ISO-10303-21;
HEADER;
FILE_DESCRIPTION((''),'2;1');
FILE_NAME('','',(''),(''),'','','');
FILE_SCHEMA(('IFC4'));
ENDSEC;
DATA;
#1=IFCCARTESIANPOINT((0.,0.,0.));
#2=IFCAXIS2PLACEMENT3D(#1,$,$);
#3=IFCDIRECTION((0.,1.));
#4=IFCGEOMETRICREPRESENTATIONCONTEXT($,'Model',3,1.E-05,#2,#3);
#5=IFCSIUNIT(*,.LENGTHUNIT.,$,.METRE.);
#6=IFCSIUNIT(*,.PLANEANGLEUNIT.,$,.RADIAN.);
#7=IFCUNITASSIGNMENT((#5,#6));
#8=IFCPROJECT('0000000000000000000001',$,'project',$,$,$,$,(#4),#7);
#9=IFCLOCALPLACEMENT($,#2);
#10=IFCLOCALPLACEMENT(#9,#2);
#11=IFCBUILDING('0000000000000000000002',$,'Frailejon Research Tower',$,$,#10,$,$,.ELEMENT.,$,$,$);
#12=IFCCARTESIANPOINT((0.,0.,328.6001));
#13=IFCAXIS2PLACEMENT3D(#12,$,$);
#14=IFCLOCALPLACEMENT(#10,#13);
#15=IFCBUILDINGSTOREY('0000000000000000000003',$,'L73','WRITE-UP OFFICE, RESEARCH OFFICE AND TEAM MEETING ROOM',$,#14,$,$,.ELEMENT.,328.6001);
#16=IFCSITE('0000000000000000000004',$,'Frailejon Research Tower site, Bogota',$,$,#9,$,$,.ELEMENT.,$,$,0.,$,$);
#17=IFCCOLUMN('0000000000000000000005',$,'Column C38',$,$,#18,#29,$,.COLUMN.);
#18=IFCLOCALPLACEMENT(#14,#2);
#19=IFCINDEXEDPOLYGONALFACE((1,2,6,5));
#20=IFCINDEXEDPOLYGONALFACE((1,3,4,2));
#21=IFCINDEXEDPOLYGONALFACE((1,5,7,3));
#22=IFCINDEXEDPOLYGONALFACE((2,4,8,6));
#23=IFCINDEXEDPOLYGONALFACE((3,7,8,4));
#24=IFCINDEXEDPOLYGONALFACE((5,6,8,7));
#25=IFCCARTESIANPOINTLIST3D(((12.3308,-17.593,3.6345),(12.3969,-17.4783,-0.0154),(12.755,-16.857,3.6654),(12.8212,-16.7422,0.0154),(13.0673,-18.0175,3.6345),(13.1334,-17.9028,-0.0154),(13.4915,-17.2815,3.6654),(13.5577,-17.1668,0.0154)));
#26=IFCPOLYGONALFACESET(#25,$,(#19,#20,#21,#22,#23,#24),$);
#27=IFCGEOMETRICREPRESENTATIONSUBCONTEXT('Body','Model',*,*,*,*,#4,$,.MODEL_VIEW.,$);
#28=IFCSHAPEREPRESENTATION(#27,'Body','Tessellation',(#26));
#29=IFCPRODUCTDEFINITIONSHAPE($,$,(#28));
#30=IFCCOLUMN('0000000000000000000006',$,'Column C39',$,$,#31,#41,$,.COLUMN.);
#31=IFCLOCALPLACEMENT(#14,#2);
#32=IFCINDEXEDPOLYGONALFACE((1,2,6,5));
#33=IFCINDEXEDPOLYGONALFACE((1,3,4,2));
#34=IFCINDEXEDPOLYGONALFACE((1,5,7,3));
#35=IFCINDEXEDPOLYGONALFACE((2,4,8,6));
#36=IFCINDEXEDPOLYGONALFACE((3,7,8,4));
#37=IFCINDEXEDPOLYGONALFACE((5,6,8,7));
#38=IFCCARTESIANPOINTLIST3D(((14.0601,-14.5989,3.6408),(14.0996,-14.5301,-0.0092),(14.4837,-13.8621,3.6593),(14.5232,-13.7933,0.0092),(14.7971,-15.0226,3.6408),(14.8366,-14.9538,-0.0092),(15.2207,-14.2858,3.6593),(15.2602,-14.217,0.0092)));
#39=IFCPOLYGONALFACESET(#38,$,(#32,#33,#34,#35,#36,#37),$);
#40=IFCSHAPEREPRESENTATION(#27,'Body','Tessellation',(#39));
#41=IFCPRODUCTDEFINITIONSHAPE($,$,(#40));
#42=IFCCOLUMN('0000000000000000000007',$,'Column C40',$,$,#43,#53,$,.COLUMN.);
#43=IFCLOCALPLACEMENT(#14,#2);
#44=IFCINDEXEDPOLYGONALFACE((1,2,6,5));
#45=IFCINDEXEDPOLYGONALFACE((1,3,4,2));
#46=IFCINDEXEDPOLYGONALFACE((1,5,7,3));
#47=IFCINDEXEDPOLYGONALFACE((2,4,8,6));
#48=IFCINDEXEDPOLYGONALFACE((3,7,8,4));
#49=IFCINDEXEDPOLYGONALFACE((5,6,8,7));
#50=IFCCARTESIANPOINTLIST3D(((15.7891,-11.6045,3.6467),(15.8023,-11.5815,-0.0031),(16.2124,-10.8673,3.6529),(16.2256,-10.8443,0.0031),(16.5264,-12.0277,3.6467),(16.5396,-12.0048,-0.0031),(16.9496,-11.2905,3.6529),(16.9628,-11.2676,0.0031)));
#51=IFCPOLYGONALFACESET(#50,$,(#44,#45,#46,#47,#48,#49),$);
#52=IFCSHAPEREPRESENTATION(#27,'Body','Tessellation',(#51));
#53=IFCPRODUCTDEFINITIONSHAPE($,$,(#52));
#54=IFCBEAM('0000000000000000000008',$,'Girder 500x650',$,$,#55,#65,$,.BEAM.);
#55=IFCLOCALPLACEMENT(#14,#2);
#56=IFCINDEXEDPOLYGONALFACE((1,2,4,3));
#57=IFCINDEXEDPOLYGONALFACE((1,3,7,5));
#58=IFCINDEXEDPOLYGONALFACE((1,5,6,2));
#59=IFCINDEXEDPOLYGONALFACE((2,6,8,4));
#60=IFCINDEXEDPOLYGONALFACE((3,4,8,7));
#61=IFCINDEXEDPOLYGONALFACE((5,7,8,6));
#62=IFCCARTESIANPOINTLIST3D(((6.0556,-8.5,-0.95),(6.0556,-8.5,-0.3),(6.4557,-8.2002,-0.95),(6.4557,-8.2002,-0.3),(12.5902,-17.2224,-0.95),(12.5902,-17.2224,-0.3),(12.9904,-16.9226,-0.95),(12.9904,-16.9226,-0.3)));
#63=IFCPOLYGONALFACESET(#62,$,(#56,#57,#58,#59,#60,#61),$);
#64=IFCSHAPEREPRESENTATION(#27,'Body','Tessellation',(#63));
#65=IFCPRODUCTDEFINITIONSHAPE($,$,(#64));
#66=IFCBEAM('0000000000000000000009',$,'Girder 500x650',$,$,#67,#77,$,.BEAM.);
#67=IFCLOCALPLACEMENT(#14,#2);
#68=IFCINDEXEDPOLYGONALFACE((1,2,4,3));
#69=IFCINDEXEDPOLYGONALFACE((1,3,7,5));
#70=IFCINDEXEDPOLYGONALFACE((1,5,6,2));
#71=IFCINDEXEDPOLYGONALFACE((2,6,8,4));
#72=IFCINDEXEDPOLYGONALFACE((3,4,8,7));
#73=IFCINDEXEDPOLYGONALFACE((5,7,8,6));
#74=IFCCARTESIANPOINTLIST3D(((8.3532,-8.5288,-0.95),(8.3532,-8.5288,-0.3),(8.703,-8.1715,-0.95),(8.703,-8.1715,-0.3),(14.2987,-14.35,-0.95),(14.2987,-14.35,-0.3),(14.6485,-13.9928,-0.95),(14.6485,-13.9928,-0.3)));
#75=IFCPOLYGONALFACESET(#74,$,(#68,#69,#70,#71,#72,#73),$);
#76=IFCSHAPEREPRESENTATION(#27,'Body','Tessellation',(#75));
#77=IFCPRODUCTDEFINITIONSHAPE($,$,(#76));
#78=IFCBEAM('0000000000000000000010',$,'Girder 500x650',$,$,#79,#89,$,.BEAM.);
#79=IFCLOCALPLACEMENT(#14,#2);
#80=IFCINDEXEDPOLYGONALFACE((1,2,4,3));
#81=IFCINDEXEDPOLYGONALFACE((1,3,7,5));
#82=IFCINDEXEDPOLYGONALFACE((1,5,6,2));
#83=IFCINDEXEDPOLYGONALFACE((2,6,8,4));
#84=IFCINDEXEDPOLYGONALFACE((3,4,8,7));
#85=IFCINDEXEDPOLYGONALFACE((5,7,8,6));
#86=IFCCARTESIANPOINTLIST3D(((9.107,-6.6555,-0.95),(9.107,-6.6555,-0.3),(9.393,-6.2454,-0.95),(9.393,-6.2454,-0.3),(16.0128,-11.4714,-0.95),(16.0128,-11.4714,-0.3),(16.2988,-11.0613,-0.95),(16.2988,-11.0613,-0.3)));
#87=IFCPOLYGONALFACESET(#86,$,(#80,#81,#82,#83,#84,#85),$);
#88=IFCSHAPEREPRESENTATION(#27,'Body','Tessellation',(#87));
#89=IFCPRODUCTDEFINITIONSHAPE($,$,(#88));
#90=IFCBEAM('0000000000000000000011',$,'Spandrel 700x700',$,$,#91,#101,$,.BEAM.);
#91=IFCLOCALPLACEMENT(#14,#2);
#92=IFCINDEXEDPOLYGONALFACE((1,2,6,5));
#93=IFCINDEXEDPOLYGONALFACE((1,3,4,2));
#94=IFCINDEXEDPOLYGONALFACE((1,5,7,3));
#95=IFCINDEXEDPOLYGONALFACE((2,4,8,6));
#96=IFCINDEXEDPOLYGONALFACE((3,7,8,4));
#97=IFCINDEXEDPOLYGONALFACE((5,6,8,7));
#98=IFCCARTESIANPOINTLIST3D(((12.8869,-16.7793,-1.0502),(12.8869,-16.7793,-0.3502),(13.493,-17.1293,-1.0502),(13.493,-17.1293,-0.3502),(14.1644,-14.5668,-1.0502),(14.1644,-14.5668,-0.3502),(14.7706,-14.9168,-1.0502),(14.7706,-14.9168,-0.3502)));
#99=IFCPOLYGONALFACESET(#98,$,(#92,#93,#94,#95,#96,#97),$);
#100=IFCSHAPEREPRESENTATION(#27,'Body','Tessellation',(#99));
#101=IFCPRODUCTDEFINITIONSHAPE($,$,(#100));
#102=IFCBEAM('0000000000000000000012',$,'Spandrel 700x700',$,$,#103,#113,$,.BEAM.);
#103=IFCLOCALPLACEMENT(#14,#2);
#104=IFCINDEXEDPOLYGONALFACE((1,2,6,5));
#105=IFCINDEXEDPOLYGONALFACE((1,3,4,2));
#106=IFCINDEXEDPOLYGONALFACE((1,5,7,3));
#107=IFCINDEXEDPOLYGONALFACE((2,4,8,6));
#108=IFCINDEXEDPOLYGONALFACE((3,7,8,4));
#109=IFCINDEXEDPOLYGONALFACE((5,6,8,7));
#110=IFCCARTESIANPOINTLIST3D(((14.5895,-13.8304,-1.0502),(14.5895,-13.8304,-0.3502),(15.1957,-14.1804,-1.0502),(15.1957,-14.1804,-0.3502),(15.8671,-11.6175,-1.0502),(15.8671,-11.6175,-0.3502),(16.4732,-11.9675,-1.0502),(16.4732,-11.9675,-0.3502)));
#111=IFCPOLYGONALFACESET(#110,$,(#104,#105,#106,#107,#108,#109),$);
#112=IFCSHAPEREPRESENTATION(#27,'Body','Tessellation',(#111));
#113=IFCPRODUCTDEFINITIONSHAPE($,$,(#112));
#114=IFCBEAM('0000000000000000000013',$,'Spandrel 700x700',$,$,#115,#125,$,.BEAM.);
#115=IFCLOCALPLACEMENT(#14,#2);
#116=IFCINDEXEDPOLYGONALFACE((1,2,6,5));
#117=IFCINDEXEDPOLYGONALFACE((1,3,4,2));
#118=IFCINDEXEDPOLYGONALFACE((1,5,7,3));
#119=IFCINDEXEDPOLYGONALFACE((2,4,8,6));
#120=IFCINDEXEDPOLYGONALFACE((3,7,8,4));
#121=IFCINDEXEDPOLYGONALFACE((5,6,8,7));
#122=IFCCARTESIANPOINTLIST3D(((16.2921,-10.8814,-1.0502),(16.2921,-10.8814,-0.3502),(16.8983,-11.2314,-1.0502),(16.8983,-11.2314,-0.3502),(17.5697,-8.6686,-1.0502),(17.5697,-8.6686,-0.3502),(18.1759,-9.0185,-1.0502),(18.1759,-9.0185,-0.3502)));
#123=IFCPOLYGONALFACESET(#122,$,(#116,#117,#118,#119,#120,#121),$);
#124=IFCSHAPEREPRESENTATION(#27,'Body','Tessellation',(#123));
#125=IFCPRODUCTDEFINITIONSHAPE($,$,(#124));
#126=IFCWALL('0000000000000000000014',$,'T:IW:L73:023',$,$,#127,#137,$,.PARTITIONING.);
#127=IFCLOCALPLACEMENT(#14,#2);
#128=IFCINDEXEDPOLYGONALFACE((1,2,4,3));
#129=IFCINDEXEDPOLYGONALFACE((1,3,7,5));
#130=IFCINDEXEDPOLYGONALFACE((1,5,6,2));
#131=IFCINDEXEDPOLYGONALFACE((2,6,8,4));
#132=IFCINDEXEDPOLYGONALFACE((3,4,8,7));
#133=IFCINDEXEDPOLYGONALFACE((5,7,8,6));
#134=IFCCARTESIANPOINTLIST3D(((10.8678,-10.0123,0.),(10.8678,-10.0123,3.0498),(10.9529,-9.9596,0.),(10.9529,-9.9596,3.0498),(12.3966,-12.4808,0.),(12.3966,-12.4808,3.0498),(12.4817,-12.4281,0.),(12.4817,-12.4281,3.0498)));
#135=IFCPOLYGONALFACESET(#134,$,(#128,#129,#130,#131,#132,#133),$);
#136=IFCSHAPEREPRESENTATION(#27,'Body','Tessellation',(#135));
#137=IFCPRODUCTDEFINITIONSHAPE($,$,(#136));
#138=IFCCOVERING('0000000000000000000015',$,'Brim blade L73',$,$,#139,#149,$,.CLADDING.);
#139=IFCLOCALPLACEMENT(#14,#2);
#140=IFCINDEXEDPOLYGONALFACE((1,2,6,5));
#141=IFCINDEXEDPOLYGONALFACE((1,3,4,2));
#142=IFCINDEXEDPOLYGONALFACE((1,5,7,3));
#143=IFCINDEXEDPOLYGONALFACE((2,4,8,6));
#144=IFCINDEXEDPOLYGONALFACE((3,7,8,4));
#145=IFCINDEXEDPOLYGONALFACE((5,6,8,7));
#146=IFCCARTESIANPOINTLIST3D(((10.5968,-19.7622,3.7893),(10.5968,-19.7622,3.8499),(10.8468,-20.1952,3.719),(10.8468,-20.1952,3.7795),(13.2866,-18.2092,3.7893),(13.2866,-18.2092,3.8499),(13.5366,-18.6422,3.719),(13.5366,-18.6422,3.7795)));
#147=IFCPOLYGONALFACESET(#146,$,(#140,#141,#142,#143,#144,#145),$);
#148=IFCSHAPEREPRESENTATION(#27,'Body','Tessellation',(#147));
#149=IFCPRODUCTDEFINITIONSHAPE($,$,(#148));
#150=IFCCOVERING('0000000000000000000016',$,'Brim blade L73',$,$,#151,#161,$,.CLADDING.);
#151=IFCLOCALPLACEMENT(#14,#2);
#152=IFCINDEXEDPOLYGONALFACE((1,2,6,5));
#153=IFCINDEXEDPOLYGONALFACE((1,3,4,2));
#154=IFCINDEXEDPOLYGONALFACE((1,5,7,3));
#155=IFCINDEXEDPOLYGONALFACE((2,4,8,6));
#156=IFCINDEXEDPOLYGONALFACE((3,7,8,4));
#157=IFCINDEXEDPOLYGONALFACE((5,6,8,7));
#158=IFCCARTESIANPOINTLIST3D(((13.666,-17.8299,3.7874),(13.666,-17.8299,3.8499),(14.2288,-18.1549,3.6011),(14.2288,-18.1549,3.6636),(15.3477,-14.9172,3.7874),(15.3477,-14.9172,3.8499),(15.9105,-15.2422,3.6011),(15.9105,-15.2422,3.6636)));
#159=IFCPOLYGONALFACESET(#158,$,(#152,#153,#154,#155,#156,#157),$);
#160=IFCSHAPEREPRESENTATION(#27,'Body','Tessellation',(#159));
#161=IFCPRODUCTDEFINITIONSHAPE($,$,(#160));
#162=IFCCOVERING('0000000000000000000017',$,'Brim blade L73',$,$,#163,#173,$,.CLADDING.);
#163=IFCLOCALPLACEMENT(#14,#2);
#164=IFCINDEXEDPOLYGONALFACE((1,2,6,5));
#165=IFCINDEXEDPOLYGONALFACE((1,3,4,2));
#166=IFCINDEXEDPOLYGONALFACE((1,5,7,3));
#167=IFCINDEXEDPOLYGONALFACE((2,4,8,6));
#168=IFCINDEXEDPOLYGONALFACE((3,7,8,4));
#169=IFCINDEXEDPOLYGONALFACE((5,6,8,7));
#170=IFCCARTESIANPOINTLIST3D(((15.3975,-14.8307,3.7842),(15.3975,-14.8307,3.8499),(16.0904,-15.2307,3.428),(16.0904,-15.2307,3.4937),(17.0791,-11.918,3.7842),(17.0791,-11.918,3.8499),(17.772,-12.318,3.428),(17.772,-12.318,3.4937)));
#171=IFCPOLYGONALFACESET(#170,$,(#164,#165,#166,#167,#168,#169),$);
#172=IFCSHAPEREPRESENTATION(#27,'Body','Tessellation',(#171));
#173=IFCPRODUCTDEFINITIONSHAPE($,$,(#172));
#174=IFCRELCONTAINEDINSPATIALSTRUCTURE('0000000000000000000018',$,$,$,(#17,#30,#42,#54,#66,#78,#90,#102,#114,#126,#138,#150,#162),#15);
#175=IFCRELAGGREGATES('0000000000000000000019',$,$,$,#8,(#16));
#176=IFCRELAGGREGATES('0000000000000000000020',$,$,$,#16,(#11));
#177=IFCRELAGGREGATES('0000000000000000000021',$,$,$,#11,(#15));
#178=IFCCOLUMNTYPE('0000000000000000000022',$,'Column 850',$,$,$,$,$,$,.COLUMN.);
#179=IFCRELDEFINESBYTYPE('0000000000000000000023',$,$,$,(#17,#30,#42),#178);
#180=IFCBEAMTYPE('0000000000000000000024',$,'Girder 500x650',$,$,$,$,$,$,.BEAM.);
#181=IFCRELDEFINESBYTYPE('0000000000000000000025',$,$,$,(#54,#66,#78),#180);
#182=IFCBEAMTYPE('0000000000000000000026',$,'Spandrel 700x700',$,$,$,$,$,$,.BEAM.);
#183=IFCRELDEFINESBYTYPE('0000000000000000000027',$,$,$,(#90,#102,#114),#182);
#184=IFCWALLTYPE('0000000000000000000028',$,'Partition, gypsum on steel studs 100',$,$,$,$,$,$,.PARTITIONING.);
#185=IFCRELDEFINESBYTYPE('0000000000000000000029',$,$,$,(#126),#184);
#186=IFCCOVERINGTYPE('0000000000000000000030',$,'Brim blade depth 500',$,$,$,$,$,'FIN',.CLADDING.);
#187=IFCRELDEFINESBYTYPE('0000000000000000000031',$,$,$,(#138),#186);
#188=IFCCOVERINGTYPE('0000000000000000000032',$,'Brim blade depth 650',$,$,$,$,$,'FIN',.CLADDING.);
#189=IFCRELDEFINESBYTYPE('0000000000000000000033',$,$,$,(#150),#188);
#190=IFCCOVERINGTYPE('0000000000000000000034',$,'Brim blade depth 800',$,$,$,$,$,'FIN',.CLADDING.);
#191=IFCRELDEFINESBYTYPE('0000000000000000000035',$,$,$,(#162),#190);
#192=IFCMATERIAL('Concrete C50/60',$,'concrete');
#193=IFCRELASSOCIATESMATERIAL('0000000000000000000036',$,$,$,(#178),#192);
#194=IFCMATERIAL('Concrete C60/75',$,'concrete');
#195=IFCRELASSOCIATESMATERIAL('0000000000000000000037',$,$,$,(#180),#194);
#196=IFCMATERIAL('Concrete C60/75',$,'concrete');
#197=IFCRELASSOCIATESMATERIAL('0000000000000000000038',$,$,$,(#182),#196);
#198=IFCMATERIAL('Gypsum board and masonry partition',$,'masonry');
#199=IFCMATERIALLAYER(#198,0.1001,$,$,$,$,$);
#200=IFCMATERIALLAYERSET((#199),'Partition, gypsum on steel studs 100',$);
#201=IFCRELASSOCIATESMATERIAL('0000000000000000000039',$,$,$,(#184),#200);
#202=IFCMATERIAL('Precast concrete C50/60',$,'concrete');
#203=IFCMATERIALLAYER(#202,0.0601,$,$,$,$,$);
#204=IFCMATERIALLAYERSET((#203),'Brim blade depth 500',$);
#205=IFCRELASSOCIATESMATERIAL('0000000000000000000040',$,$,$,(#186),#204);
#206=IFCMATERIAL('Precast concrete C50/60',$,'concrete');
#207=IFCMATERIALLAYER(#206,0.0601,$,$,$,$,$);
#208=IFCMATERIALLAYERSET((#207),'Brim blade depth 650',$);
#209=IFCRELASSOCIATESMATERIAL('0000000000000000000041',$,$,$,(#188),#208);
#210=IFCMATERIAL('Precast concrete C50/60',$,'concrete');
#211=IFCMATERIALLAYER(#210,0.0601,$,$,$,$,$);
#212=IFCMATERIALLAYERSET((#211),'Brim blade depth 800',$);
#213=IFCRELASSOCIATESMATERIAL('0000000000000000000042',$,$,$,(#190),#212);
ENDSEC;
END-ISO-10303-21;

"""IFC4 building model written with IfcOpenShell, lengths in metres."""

from ifc_helpers import new_model, si_unit, direction, frame, frame_2d, origin, origin_2d, place, context, subcontext, project, spatial, polyline, rectangle, outline, extrude, material, layer, layer_set, material_profile, profile_set, type_object, element, save


model = new_model("IFC4")

# Units and contexts
model_context = context("Model", 3, precision=1e-05, world=origin(), true_north=direction((0.0, 1.0)))
body_context = subcontext(model_context, "Body", "Model", "MODEL_VIEW")
ifc_project = project(units=[si_unit("LENGTHUNIT", "METRE"), si_unit("PLANEANGLEUNIT", "RADIAN")], contexts=[model_context])

# Site, building, storey
site_placement = place(None, origin())
site = spatial("IfcSite", under=ifc_project, at=site_placement, Name="Frailejon Research Tower site, Bogota", CompositionType="ELEMENT", RefElevation=0.0)
building_placement = place(site_placement, origin())
building = spatial("IfcBuilding", under=site, at=building_placement, Name="Frailejon Research Tower", CompositionType="ELEMENT")
storey_placement = place(building_placement, frame((0.0, 0.0, 328.6001)))
storey = spatial("IfcBuildingStorey", under=building, at=storey_placement, Name="L73", Description="WRITE-UP OFFICE, RESEARCH OFFICE AND TEAM MEETING ROOM", CompositionType="ELEMENT", Elevation=328.6001)

# Columns
ifc_material_1 = material(Name="Concrete C50/60", Category="concrete")
ifc_material_profile_1 = material_profile(ifc_material_1, rectangle(XDim=0.8501, YDim=0.8501, at=origin_2d()), Name="Column 850")
ifc_profile_set_1 = profile_set([ifc_material_profile_1], Name="Concrete C50/60")
column_type = type_object("IfcColumnType", Name="Column 850", PredefinedType="COLUMN", material=ifc_profile_set_1)
column_1_placement = place(storey_placement, frame((12.9773, -17.3225, 0.0), z_axis=(-0.018115, -0.031417, 0.999342), x_axis=(0.49904, 0.865819, 0.036266)))
element("IfcColumn", 1, at=column_1_placement, inside=storey, type_object=column_type, Name="Column C38", PredefinedType="COLUMN", context=body_context, shape_type="SweptSolid", body=[
    extrude(rectangle(XDim=0.8501, YDim=0.8501, at=origin_2d()), origin(), (0.0, 0.0, 1.0), 3.6523),
])
column_2_placement = place(storey_placement, frame((14.6799, -14.3735, 0.0), z_axis=(-0.010834, -0.018858, 0.999763), x_axis=(0.498285, 0.86674, 0.021749)))
element("IfcColumn", 2, at=column_2_placement, inside=storey, type_object=column_type, Name="Column C39", PredefinedType="COLUMN", context=body_context, shape_type="SweptSolid", body=[
    extrude(rectangle(XDim=0.8501, YDim=0.8501, at=origin_2d()), origin(), (0.0, 0.0, 1.0), 3.6509),
])
column_3_placement = place(storey_placement, frame((16.3826, -11.4246, 0.0), z_axis=(-0.003612, -0.006287, 0.999974), x_axis=(0.49789, 0.86721, 0.007251)))
element("IfcColumn", 3, at=column_3_placement, inside=storey, type_object=column_type, Name="Column C40", PredefinedType="COLUMN", context=body_context, shape_type="SweptSolid", body=[
    extrude(rectangle(XDim=0.8501, YDim=0.8501, at=origin_2d()), origin(), (0.0, 0.0, 1.0), 3.6499),
])

# Beams
ifc_material_2 = material(Name="Concrete C60/75", Category="concrete")
ifc_material_profile_2 = material_profile(ifc_material_2, rectangle(XDim=0.5, YDim=0.6499, at=origin_2d()), Name="Girder 500x650")
ifc_profile_set_2 = profile_set([ifc_material_profile_2], Name="Concrete C60/75")
beam_type_1 = type_object("IfcBeamType", Name="Girder 500x650", PredefinedType="BEAM", material=ifc_profile_set_2)
beam_1_placement = place(storey_placement, frame((12.7903, -17.0725, -0.625), z_axis=(-0.599581, 0.800314, 0.0), x_axis=(-0.800314, -0.599581, 0.0)))
element("IfcBeam", 4, at=beam_1_placement, inside=storey, type_object=beam_type_1, Name="Girder 500x650", PredefinedType="BEAM", context=body_context, shape_type="SweptSolid", body=[
    extrude(rectangle(XDim=0.5, YDim=0.6499, at=origin_2d()), origin(), (0.0, 0.0, 1.0), 10.8987),
])
beam_2_placement = place(storey_placement, frame((14.4736, -14.1714, -0.625), z_axis=(-0.714535, 0.6996, 0.0), x_axis=(-0.6996, -0.714535, 0.0)))
element("IfcBeam", 5, at=beam_2_placement, inside=storey, type_object=beam_type_1, Name="Girder 500x650", PredefinedType="BEAM", context=body_context, shape_type="SweptSolid", body=[
    extrude(rectangle(XDim=0.5, YDim=0.6499, at=origin_2d()), origin(), (0.0, 0.0, 1.0), 8.3208),
])
beam_3_placement = place(storey_placement, frame((16.1558, -11.2664, -0.625), z_axis=(-0.820241, 0.572017, 0.0), x_axis=(-0.572017, -0.820241, 0.0)))
element("IfcBeam", 6, at=beam_3_placement, inside=storey, type_object=beam_type_1, Name="Girder 500x650", PredefinedType="BEAM", context=body_context, shape_type="SweptSolid", body=[
    extrude(rectangle(XDim=0.5, YDim=0.6499, at=origin_2d()), origin(), (0.0, 0.0, 1.0), 8.4192),
])
ifc_material_3 = material(Name="Concrete C60/75", Category="concrete")
ifc_material_profile_3 = material_profile(ifc_material_3, rectangle(XDim=0.7, YDim=0.7, at=origin_2d()), Name="Spandrel 700x700")
ifc_profile_set_3 = profile_set([ifc_material_profile_3], Name="Concrete C60/75")
beam_type_2 = type_object("IfcBeamType", Name="Spandrel 700x700", PredefinedType="BEAM", material=ifc_profile_set_3)
beam_4_placement = place(storey_placement, frame((13.1899, -16.9543, -0.7002), z_axis=(0.500034, 0.866006, 0.0), x_axis=(-0.866006, 0.500034, 0.0)))
element("IfcBeam", 7, at=beam_4_placement, inside=storey, type_object=beam_type_2, Name="Spandrel 700x700", PredefinedType="BEAM", context=body_context, shape_type="SweptSolid", body=[
    extrude(rectangle(XDim=0.7, YDim=0.7, at=origin_2d()), origin(), (0.0, 0.0, 1.0), 2.5549),
])
for number, where, z_axis, x_axis, name in (
    (8, (14.8926, -14.0054, -0.7002), (0.499993, 0.86603, 0.0), (-0.86603, 0.499993, 0.0), "Spandrel 700x700"),
    (9, (16.5952, -11.0564, -0.7002), (0.499993, 0.86603, 0.0), (-0.86603, 0.499993, 0.0), "Spandrel 700x700"),
):
    element("IfcBeam", number, at=place(storey_placement, frame(where, z_axis=z_axis, x_axis=x_axis)), inside=storey, type_object=beam_type_2, Name=name, PredefinedType="BEAM", context=body_context, shape_type="SweptSolid", body=[
        extrude(rectangle(XDim=0.7, YDim=0.7, at=origin_2d()), origin(), (0.0, 0.0, 1.0), 2.5552),
    ])

# Wall
ifc_material_4 = material(Name="Gypsum board and masonry partition", Category="masonry")
ifc_layer_1 = layer(ifc_material_4, 0.1001)
ifc_layer_set_1 = layer_set([ifc_layer_1], Name="Partition, gypsum on steel studs 100")
wall_type_1 = type_object("IfcWallType", Name="Partition, gypsum on steel studs 100", PredefinedType="PARTITIONING", material=ifc_layer_set_1)
wall_1_placement = place(storey_placement, frame((10.9104, -9.9861, 0.0), z_axis=(0.0, 0.0, 1.0), x_axis=(0.526525, -0.850159, 0.0)))
element("IfcWall", 10, at=wall_1_placement, inside=storey, type_object=wall_type_1, Name="T:IW:L73:023", PredefinedType="PARTITIONING", context=body_context, shape_type="SweptSolid", body=[
    extrude(rectangle(XDim=2.9036, YDim=0.1001, at=frame_2d((1.4517, 0.0))), origin(), (0.0, 0.0, 1.0), 3.0498),
])

# Coverings
ifc_material_5 = material(Name="Precast concrete C50/60", Category="concrete")
ifc_layer_2 = layer(ifc_material_5, 0.0601)
ifc_layer_set_2 = layer_set([ifc_layer_2], Name="Brim blade depth 500")
covering_type_1 = type_object("IfcCoveringType", Name="Brim blade depth 500", ElementType="FIN", PredefinedType="CLADDING", material=ifc_layer_set_2)
covering_1_placement = place(storey_placement, frame((13.2866, -18.2092, 3.8499), z_axis=(-0.866027, -0.499997, 0.0), x_axis=(0.499997, -0.866027, 0.0)))
element("IfcCovering", 11, at=covering_1_placement, inside=storey, type_object=covering_type_1, Name="Brim blade L73", PredefinedType="CLADDING", context=body_context, shape_type="SweptSolid", body=[
    extrude(outline(polyline([(0.0, -0.0605), (0.5, -0.1309), (0.5, -0.0703), (0.0, 0.0), (0.0, -0.0605)])), origin(), (0.0, 0.0, 1.0), 3.106),
])
ifc_material_6 = material(Name="Precast concrete C50/60", Category="concrete")
ifc_layer_3 = layer(ifc_material_6, 0.0601)
ifc_layer_set_3 = layer_set([ifc_layer_3], Name="Brim blade depth 650")
covering_type_2 = type_object("IfcCoveringType", Name="Brim blade depth 650", ElementType="FIN", PredefinedType="CLADDING", material=ifc_layer_set_3)
covering_2_placement = place(storey_placement, frame((15.3477, -14.9172, 3.8499), z_axis=(-0.500012, -0.866019, 0.0), x_axis=(0.866019, -0.500012, 0.0)))
element("IfcCovering", 12, at=covering_2_placement, inside=storey, type_object=covering_type_2, Name="Brim blade L73", PredefinedType="CLADDING", context=body_context, shape_type="SweptSolid", body=[
    extrude(outline(polyline([(0.0, -0.0625), (0.6499, -0.2488), (0.6499, -0.1863), (0.0, 0.0), (0.0, -0.0625)])), origin(), (0.0, 0.0, 1.0), 3.3633),
])
ifc_material_7 = material(Name="Precast concrete C50/60", Category="concrete")
ifc_layer_4 = layer(ifc_material_7, 0.0601)
ifc_layer_set_4 = layer_set([ifc_layer_4], Name="Brim blade depth 800")
covering_type_3 = type_object("IfcCoveringType", Name="Brim blade depth 800", ElementType="FIN", PredefinedType="CLADDING", material=ifc_layer_set_4)
covering_3_placement = place(storey_placement, frame((17.0791, -11.918, 3.8499), z_axis=(-0.49999, -0.866031, 0.0), x_axis=(0.866031, -0.49999, 0.0)))
element("IfcCovering", 13, at=covering_3_placement, inside=storey, type_object=covering_type_3, Name="Brim blade L73", PredefinedType="CLADDING", context=body_context, shape_type="SweptSolid", body=[
    extrude(outline(polyline([(0.0, -0.0657), (0.8, -0.4219), (0.8, -0.3562), (0.0, 0.0), (0.0, -0.0657)])), origin(), (0.0, 0.0, 1.0), 3.3633),
])

save(model, "model.ifc")
